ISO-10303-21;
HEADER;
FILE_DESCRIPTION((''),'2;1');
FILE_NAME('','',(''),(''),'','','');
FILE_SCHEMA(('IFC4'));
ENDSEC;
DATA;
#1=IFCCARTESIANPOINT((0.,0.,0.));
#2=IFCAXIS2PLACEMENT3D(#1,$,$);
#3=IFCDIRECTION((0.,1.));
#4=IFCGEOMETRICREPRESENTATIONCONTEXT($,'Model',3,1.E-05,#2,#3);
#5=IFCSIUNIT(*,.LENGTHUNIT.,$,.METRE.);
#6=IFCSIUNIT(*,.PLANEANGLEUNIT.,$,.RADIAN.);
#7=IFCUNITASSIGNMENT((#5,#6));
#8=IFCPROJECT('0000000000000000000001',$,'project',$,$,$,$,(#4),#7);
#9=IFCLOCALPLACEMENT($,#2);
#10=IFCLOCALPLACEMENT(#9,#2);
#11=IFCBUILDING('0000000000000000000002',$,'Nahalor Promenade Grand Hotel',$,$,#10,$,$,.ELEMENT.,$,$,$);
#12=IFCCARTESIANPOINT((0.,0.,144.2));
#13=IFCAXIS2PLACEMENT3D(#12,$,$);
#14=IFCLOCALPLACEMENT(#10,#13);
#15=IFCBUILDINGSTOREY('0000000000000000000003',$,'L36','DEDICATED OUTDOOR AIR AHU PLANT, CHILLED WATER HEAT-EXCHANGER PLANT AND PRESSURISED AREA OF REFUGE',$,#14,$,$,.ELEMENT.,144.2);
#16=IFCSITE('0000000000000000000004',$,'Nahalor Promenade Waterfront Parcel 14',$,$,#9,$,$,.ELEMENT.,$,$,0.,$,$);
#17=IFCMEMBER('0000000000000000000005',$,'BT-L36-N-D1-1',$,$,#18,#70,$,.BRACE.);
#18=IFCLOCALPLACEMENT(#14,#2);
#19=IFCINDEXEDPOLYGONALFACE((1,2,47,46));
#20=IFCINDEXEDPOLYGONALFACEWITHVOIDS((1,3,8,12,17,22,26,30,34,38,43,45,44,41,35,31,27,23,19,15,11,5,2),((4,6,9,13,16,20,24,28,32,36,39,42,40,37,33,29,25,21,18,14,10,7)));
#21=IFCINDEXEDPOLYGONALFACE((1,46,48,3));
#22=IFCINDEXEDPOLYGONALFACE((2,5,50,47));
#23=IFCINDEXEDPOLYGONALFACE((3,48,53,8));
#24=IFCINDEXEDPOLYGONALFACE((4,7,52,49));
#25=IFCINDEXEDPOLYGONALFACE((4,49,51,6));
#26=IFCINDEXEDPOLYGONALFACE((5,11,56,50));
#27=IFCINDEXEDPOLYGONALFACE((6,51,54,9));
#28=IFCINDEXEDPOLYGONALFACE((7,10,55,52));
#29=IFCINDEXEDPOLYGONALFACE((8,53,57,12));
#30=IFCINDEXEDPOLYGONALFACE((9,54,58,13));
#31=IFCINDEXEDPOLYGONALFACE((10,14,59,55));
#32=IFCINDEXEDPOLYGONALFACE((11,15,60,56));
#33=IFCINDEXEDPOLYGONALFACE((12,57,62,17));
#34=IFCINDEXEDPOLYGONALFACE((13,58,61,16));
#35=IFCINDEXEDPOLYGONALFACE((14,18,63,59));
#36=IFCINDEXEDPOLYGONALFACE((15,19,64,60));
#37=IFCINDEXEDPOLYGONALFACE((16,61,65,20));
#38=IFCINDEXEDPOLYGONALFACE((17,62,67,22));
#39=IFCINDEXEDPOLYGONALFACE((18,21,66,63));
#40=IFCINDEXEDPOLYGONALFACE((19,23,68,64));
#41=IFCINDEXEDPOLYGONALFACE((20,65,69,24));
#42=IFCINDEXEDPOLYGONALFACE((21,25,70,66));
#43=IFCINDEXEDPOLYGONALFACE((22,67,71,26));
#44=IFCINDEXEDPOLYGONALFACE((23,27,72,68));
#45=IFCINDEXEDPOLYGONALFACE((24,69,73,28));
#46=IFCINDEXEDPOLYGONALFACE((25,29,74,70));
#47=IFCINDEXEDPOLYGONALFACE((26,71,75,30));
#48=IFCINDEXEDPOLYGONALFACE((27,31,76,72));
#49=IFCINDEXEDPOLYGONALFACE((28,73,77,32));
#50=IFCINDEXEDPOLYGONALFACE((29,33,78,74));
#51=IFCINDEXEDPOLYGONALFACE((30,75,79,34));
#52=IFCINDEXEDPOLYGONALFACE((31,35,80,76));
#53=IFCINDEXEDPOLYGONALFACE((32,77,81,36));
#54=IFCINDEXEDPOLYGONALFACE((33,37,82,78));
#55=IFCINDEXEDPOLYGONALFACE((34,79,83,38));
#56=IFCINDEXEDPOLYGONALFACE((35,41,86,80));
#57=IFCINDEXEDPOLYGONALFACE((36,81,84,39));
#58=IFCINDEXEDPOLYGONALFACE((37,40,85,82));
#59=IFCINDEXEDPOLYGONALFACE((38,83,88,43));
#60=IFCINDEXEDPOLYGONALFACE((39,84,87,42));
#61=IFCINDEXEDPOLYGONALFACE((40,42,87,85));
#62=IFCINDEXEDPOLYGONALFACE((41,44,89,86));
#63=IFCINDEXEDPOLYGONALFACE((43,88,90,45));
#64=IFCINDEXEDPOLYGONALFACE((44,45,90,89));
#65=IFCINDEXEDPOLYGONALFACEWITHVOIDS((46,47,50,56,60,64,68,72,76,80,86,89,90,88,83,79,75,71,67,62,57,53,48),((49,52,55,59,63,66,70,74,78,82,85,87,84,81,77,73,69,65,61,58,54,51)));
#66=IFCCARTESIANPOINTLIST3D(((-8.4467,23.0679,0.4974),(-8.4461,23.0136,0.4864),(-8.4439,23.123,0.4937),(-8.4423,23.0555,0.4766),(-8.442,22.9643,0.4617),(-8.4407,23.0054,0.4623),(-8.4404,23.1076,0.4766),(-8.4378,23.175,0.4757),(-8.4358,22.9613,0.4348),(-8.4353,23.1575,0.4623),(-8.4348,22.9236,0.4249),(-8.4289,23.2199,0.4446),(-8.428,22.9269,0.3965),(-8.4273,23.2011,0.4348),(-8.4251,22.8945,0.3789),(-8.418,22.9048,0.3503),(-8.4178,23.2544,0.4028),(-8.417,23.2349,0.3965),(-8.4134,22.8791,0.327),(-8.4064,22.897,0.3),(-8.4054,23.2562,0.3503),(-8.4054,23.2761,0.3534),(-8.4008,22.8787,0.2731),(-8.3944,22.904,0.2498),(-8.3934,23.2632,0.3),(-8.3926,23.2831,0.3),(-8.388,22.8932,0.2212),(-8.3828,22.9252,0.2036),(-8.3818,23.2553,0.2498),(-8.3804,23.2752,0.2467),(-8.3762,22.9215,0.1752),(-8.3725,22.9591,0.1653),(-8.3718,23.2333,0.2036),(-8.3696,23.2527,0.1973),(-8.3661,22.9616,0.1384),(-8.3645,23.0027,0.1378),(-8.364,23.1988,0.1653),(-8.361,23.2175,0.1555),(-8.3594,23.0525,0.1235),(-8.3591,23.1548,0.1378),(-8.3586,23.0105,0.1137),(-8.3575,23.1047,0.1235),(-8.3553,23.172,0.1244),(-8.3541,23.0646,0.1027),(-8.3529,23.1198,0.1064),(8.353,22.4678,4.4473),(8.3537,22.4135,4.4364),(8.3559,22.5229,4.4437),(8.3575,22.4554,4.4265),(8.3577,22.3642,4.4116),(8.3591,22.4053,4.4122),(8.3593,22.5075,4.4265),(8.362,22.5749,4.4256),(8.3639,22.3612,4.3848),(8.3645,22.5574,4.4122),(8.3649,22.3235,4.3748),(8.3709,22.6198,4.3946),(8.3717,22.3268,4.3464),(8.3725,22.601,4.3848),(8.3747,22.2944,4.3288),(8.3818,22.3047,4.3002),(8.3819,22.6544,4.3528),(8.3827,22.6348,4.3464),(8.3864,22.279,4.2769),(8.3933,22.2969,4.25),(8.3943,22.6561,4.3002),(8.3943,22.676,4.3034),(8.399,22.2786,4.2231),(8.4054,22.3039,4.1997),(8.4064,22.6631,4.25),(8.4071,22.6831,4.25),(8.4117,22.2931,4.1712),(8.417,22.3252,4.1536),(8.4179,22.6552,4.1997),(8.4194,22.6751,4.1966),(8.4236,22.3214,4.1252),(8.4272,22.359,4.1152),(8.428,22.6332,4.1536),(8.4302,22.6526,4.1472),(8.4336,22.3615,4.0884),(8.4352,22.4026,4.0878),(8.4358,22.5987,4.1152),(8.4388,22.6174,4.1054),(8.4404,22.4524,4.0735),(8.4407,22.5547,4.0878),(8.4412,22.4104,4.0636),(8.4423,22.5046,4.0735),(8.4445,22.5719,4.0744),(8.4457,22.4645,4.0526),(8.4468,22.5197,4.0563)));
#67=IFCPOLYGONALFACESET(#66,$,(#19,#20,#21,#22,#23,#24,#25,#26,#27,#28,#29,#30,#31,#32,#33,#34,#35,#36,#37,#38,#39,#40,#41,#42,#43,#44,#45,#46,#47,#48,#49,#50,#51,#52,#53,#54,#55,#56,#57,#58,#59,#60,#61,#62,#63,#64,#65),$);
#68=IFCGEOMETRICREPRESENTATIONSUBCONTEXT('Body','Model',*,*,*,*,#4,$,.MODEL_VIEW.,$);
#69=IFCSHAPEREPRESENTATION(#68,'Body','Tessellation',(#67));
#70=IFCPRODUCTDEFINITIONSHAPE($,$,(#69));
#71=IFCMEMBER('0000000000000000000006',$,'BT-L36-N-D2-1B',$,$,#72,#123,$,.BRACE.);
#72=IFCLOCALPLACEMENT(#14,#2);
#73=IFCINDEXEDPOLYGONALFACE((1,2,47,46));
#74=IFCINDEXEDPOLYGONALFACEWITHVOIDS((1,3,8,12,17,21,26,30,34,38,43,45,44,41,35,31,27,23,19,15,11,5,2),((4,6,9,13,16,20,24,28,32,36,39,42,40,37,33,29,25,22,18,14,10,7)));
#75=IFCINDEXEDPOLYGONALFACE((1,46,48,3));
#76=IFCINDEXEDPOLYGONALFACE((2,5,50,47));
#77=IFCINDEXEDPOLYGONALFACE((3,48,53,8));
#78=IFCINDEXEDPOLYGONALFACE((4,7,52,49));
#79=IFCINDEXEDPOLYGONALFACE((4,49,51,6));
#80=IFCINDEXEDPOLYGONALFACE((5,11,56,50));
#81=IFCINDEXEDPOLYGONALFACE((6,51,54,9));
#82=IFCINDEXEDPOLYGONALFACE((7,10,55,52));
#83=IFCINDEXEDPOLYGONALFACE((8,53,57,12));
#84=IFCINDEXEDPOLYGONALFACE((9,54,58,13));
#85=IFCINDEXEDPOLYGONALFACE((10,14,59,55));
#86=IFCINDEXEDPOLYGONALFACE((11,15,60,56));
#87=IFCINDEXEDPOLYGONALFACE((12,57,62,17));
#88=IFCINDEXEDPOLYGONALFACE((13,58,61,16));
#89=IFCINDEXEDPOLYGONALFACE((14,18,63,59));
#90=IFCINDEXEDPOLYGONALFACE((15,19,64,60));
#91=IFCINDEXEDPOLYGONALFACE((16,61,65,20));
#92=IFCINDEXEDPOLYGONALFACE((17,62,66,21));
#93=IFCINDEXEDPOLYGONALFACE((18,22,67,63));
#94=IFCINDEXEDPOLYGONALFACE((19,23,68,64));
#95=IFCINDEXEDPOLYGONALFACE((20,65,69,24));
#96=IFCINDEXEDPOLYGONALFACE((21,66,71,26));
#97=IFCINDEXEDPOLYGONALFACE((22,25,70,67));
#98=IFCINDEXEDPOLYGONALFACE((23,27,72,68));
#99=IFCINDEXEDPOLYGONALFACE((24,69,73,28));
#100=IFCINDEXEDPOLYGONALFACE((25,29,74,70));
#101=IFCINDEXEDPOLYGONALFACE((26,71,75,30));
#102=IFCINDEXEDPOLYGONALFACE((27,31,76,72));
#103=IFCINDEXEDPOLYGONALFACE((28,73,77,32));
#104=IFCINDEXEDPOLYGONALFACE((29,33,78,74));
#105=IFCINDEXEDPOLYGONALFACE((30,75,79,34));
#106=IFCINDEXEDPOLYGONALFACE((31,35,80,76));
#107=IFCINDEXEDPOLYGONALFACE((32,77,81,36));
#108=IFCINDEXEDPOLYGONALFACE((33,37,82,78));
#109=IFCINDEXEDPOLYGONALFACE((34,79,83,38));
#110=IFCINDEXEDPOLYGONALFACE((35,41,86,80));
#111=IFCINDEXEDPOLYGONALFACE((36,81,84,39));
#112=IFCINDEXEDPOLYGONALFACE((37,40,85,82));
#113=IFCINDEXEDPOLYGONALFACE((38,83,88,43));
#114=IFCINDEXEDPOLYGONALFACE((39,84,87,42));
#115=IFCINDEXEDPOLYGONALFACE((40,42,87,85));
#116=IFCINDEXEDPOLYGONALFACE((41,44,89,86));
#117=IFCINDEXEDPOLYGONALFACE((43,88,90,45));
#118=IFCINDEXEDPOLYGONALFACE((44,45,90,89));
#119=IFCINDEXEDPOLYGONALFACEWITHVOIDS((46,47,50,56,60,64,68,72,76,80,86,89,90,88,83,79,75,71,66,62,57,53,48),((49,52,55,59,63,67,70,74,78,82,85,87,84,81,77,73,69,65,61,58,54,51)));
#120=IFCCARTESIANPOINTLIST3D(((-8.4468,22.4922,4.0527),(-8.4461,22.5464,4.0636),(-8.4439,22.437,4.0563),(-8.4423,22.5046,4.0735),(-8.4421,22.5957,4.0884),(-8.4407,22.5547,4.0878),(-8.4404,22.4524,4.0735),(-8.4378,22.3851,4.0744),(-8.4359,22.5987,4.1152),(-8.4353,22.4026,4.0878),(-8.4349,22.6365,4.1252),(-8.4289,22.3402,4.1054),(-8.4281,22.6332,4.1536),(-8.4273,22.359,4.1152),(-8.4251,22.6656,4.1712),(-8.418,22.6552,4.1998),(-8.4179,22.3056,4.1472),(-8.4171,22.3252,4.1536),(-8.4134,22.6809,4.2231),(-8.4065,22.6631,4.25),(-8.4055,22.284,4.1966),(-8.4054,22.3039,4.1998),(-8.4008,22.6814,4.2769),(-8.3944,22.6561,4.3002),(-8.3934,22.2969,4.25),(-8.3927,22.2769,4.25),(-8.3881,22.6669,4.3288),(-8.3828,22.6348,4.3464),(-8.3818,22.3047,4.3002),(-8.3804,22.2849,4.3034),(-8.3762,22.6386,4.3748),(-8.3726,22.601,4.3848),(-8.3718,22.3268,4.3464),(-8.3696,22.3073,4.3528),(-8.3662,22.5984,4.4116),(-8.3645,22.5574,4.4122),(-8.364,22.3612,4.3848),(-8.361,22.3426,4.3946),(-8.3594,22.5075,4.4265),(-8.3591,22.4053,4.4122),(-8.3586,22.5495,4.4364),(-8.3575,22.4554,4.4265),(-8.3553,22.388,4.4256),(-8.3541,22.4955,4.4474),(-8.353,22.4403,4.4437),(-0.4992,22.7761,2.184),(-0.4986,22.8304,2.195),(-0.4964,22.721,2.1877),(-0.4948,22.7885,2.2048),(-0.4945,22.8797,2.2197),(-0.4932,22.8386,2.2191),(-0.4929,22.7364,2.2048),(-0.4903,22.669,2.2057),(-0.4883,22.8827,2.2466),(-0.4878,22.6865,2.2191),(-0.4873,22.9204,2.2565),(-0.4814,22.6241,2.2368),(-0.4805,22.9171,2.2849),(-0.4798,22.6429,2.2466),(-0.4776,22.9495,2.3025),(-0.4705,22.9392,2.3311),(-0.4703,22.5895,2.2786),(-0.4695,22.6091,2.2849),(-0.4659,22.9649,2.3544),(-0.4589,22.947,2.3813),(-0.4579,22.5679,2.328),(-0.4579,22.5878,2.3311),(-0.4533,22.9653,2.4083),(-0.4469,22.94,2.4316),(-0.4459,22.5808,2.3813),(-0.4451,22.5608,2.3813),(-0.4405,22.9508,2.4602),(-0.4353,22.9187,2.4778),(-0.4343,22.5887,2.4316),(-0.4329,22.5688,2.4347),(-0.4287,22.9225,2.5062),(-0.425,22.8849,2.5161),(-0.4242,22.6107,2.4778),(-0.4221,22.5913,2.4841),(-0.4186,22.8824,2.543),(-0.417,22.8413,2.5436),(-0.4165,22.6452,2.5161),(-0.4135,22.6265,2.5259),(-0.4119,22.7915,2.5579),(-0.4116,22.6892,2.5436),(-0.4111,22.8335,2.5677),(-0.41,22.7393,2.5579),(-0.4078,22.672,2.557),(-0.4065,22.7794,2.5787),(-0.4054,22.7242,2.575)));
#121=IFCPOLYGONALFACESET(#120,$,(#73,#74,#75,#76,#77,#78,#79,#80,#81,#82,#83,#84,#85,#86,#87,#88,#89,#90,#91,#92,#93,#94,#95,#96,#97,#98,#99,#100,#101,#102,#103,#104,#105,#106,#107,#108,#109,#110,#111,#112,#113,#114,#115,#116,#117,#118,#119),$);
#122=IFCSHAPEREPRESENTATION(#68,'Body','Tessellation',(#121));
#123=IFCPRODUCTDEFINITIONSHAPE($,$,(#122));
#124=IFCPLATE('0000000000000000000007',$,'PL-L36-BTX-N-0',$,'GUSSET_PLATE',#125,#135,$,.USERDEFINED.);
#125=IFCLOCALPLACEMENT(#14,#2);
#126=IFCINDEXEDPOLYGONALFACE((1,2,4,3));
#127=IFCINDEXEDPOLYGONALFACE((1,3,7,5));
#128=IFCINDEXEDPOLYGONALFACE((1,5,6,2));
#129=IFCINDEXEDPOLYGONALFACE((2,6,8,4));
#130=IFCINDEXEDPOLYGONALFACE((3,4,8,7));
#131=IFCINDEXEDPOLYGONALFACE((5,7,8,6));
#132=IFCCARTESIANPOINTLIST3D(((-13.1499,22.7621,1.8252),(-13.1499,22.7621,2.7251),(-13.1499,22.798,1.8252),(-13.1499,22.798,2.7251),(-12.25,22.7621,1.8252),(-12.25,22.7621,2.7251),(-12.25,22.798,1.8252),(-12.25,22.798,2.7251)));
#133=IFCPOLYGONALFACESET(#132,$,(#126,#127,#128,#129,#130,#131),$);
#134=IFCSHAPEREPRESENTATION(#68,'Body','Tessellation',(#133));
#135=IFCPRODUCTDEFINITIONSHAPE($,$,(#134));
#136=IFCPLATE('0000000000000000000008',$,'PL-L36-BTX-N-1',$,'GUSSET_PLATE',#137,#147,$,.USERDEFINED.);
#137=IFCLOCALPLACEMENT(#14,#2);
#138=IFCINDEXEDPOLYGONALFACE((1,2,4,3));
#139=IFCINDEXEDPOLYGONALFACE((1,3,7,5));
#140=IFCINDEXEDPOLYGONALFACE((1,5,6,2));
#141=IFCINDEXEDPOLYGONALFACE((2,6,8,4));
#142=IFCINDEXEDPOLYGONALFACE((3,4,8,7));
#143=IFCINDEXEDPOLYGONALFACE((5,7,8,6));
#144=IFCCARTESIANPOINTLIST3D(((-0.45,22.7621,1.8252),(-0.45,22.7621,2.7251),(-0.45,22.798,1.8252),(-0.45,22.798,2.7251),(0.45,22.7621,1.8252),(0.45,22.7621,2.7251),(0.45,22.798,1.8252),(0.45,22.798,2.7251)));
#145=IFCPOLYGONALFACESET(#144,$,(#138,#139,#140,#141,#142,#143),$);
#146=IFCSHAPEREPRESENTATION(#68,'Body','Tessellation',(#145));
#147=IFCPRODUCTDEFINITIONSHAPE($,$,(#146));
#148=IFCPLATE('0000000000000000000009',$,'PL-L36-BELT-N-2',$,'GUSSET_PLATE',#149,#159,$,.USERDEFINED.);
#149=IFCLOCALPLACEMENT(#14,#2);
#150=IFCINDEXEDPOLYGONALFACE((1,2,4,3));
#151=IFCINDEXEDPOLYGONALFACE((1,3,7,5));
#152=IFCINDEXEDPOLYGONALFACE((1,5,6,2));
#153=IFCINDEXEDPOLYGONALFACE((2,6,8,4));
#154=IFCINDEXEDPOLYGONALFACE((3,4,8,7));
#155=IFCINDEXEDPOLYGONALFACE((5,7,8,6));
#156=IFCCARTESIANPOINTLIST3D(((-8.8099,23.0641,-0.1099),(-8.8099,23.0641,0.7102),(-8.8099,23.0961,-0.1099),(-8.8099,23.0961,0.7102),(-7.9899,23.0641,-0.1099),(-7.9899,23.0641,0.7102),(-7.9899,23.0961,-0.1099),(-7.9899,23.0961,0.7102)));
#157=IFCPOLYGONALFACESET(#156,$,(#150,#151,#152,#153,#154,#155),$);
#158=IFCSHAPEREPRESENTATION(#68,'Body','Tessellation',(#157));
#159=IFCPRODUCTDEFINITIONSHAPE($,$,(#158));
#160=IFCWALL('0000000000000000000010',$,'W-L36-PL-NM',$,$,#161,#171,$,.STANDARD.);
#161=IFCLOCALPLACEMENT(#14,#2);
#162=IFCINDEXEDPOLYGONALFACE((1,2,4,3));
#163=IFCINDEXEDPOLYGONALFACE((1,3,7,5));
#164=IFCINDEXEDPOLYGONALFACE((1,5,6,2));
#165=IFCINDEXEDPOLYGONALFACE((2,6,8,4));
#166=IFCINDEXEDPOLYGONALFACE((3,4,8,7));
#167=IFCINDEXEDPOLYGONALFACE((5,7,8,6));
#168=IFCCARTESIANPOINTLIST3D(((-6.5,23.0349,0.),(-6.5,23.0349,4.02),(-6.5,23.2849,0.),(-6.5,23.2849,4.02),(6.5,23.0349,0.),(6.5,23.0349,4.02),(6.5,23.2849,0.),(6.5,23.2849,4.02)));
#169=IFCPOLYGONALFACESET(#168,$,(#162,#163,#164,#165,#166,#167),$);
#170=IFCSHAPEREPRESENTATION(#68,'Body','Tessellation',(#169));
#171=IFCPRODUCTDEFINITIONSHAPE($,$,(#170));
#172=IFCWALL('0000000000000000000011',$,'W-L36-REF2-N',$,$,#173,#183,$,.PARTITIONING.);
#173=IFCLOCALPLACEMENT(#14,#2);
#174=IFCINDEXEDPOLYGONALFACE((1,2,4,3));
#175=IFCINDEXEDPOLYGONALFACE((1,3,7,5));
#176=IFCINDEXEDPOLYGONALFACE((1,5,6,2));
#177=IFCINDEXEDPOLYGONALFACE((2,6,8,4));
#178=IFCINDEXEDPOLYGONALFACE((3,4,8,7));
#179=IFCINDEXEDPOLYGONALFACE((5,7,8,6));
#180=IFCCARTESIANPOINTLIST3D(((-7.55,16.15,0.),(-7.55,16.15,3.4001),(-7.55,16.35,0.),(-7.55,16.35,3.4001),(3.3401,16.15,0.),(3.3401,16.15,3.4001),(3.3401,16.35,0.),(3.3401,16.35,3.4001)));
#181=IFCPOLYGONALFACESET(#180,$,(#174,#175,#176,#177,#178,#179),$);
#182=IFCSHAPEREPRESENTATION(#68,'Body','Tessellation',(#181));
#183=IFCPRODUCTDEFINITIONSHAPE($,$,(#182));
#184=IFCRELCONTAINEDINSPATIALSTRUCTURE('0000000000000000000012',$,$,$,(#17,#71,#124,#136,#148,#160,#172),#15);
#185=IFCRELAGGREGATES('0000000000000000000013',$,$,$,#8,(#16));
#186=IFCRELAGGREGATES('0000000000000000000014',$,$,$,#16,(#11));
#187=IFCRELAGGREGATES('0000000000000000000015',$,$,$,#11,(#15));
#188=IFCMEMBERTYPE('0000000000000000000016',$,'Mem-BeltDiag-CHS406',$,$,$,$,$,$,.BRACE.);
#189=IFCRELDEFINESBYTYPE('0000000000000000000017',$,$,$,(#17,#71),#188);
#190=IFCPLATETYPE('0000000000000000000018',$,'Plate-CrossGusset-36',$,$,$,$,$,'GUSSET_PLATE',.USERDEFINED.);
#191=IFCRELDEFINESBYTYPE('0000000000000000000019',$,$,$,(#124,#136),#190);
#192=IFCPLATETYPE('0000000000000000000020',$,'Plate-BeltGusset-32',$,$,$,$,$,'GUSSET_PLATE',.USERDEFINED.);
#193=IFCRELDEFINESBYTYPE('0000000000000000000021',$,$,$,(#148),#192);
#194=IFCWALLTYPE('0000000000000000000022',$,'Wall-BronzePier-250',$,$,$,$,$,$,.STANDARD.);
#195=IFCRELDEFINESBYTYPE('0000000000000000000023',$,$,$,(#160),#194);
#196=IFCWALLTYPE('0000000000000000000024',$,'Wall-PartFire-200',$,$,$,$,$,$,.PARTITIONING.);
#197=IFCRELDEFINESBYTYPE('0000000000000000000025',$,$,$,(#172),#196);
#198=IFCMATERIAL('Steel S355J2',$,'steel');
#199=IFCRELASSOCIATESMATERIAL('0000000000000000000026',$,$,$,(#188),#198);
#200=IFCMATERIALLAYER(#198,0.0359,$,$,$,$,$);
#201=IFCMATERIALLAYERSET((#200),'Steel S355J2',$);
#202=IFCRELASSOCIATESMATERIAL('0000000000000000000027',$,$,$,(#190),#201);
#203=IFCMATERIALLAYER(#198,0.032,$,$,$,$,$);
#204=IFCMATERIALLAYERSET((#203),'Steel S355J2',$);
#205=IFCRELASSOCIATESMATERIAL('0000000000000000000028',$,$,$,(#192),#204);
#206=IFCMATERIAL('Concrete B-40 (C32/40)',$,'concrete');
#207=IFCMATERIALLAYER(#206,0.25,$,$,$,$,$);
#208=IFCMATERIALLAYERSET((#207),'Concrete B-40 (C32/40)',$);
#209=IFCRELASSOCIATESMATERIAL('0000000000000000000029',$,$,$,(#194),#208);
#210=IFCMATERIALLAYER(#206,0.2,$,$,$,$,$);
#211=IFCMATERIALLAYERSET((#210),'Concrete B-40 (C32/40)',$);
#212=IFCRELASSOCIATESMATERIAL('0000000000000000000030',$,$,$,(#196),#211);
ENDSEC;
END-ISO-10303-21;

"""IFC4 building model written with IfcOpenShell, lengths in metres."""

from ifc_helpers import new_model, si_unit, direction, frame, frame_2d, origin, origin_2d, place, context, subcontext, project, spatial, rectangle, hollow_circle, extrude, source, transform, mapped, material, layer, layer_set, material_profile, profile_set, type_object, element, save


model = new_model("IFC4")

# Units and contexts
model_context = context("Model", 3, precision=1e-05, world=origin(), true_north=direction((0.0, 1.0)))
body_context = subcontext(model_context, "Body", "Model", "MODEL_VIEW")
ifc_project = project(units=[si_unit("LENGTHUNIT", "METRE"), si_unit("PLANEANGLEUNIT", "RADIAN")], contexts=[model_context])

# Site, building, storey
site_placement = place(None, origin())
site = spatial("IfcSite", under=ifc_project, at=site_placement, Name="Nahalor Promenade Waterfront Parcel 14", CompositionType="ELEMENT", RefElevation=0.0)
building_placement = place(site_placement, origin())
building = spatial("IfcBuilding", under=site, at=building_placement, Name="Nahalor Promenade Grand Hotel", CompositionType="ELEMENT")
storey_placement = place(building_placement, frame((0.0, 0.0, 144.2)))
storey = spatial("IfcBuildingStorey", under=building, at=storey_placement, Name="L36", Description="DEDICATED OUTDOOR AIR AHU PLANT, CHILLED WATER HEAT-EXCHANGER PLANT AND PRESSURISED AREA OF REFUGE", CompositionType="ELEMENT", Elevation=144.2)

# Shared definitions
ifc_material_1 = material(Name="Steel S355J2", Category="steel")

# Members
ifc_material_profile_1 = material_profile(ifc_material_1, hollow_circle(Radius=0.2032, WallThickness=0.02, at=origin_2d()), Name="CHS 406.4x20")
ifc_profile_set_1 = profile_set([ifc_material_profile_1], Name="Steel S355J2")
member_type = type_object("IfcMemberType", Name="Mem-BeltDiag-CHS406", PredefinedType="BRACE", material=ifc_profile_set_1)
shared_shape_1 = source(origin(), body_context, "Body", "SweptSolid", [
    extrude(hollow_circle(Radius=0.2032, WallThickness=0.02, at=origin_2d()), origin(), (0.0, 0.0, 1.0), 17.2683),
])
member_1_placement = place(storey_placement, frame((-8.3999, 23.0801, 0.3), z_axis=(0.972867, -0.034751, 0.228739), x_axis=(0.035698, 0.999363, 0.0)))
element("IfcMember", 1, at=member_1_placement, inside=storey, type_object=member_type, Name="BT-L36-N-D1-1", PredefinedType="BRACE", context=body_context, shape_type="MappedRepresentation", body=[
    mapped(shared_shape_1, transform((0.0, 0.0, 0.0), scale=1.0)),
])
shared_shape_2 = source(origin(), body_context, "Body", "SweptSolid", [
    extrude(hollow_circle(Radius=0.2032, WallThickness=0.02, at=origin_2d()), origin(), (0.0, 0.0, 1.0), 8.1692),
])
member_2_placement = place(storey_placement, frame((-0.4524, 22.7639, 2.3813), z_axis=(-0.972866, -0.034757, 0.228744), x_axis=(0.035704, -0.999362, 0.0)))
element("IfcMember", 2, at=member_2_placement, inside=storey, type_object=member_type, Name="BT-L36-N-D2-1B", PredefinedType="BRACE", context=body_context, shape_type="MappedRepresentation", body=[
    mapped(shared_shape_2, transform((0.0, 0.0, 0.0), scale=1.0)),
])

# Plates
ifc_layer_1 = layer(ifc_material_1, 0.0359)
ifc_layer_set_1 = layer_set([ifc_layer_1], Name="Steel S355J2")
plate_type_1 = type_object("IfcPlateType", Name="Plate-CrossGusset-36", ElementType="GUSSET_PLATE", PredefinedType="USERDEFINED", material=ifc_layer_set_1)
shared_shape_3 = source(origin(), body_context, "Body", "SweptSolid", [
    extrude(rectangle(XDim=0.8999, YDim=0.0359, at=origin_2d()), origin(), (0.0, 0.0, 1.0), 0.8999),
])
for number, where, z_axis, x_axis, name in (
    (3, (-12.7, 22.78, 1.8252), (0.0, 0.0, 1.0), (1.0, 0.0, 0.0), "PL-L36-BTX-N-0"),
    (4, (0.0, 22.78, 1.8252), (0.0, 0.0, 1.0), (1.0, 0.0, 0.0), "PL-L36-BTX-N-1"),
):
    element("IfcPlate", number, at=place(storey_placement, frame(where, z_axis=z_axis, x_axis=x_axis)), inside=storey, type_object=plate_type_1, Name=name, ObjectType="GUSSET_PLATE", PredefinedType="USERDEFINED", context=body_context, shape_type="MappedRepresentation", body=[
        mapped(shared_shape_3, transform((0.0, 0.0, 0.0), scale=1.0)),
    ])
ifc_layer_2 = layer(ifc_material_1, 0.032)
ifc_layer_set_2 = layer_set([ifc_layer_2], Name="Steel S355J2")
plate_type_2 = type_object("IfcPlateType", Name="Plate-BeltGusset-32", ElementType="GUSSET_PLATE", PredefinedType="USERDEFINED", material=ifc_layer_set_2)
shared_shape_4 = source(origin(), body_context, "Body", "SweptSolid", [
    extrude(rectangle(XDim=0.8201, YDim=0.032, at=origin_2d()), origin(), (0.0, 0.0, 1.0), 0.8201),
])
plate_placement = place(storey_placement, frame((-8.3999, 23.0801, -0.1099), z_axis=(0.0, 0.0, 1.0), x_axis=(1.0, 0.0, 0.0)))
element("IfcPlate", 5, at=plate_placement, inside=storey, type_object=plate_type_2, Name="PL-L36-BELT-N-2", ObjectType="GUSSET_PLATE", PredefinedType="USERDEFINED", context=body_context, shape_type="MappedRepresentation", body=[
    mapped(shared_shape_4, transform((0.0, 0.0, 0.0), scale=1.0)),
])

# Walls
ifc_material_2 = material(Name="Concrete B-40 (C32/40)", Category="concrete")
ifc_layer_3 = layer(ifc_material_2, 0.25)
ifc_layer_set_3 = layer_set([ifc_layer_3], Name="Concrete B-40 (C32/40)")
wall_type_1 = type_object("IfcWallType", Name="Wall-BronzePier-250", PredefinedType="STANDARD", material=ifc_layer_set_3)
shared_shape_5 = source(origin(), body_context, "Body", "SweptSolid", [
    extrude(rectangle(XDim=13.0, YDim=0.25, at=frame_2d((6.5, 0.0))), origin(), (0.0, 0.0, 1.0), 4.02),
])
wall_1_placement = place(storey_placement, frame((-6.5, 23.1599, 0.0), z_axis=(0.0, 0.0, 1.0), x_axis=(1.0, 0.0, 0.0)))
element("IfcWall", 6, at=wall_1_placement, inside=storey, type_object=wall_type_1, Name="W-L36-PL-NM", PredefinedType="STANDARD", context=body_context, shape_type="MappedRepresentation", body=[
    mapped(shared_shape_5, transform((0.0, 0.0, 0.0), scale=1.0)),
])
ifc_layer_4 = layer(ifc_material_2, 0.2)
ifc_layer_set_4 = layer_set([ifc_layer_4], Name="Concrete B-40 (C32/40)")
wall_type_2 = type_object("IfcWallType", Name="Wall-PartFire-200", PredefinedType="PARTITIONING", material=ifc_layer_set_4)
shared_shape_6 = source(origin(), body_context, "Body", "SweptSolid", [
    extrude(rectangle(XDim=10.8901, YDim=0.2, at=frame_2d((5.4451, 0.0))), origin(), (0.0, 0.0, 1.0), 3.4001),
])
wall_2_placement = place(storey_placement, frame((-7.55, 16.25, 0.0), z_axis=(0.0, 0.0, 1.0), x_axis=(1.0, 0.0, 0.0)))
element("IfcWall", 7, at=wall_2_placement, inside=storey, type_object=wall_type_2, Name="W-L36-REF2-N", PredefinedType="PARTITIONING", context=body_context, shape_type="MappedRepresentation", body=[
    mapped(shared_shape_6, transform((0.0, 0.0, 0.0), scale=1.0)),
])

save(model, "model.ifc")
